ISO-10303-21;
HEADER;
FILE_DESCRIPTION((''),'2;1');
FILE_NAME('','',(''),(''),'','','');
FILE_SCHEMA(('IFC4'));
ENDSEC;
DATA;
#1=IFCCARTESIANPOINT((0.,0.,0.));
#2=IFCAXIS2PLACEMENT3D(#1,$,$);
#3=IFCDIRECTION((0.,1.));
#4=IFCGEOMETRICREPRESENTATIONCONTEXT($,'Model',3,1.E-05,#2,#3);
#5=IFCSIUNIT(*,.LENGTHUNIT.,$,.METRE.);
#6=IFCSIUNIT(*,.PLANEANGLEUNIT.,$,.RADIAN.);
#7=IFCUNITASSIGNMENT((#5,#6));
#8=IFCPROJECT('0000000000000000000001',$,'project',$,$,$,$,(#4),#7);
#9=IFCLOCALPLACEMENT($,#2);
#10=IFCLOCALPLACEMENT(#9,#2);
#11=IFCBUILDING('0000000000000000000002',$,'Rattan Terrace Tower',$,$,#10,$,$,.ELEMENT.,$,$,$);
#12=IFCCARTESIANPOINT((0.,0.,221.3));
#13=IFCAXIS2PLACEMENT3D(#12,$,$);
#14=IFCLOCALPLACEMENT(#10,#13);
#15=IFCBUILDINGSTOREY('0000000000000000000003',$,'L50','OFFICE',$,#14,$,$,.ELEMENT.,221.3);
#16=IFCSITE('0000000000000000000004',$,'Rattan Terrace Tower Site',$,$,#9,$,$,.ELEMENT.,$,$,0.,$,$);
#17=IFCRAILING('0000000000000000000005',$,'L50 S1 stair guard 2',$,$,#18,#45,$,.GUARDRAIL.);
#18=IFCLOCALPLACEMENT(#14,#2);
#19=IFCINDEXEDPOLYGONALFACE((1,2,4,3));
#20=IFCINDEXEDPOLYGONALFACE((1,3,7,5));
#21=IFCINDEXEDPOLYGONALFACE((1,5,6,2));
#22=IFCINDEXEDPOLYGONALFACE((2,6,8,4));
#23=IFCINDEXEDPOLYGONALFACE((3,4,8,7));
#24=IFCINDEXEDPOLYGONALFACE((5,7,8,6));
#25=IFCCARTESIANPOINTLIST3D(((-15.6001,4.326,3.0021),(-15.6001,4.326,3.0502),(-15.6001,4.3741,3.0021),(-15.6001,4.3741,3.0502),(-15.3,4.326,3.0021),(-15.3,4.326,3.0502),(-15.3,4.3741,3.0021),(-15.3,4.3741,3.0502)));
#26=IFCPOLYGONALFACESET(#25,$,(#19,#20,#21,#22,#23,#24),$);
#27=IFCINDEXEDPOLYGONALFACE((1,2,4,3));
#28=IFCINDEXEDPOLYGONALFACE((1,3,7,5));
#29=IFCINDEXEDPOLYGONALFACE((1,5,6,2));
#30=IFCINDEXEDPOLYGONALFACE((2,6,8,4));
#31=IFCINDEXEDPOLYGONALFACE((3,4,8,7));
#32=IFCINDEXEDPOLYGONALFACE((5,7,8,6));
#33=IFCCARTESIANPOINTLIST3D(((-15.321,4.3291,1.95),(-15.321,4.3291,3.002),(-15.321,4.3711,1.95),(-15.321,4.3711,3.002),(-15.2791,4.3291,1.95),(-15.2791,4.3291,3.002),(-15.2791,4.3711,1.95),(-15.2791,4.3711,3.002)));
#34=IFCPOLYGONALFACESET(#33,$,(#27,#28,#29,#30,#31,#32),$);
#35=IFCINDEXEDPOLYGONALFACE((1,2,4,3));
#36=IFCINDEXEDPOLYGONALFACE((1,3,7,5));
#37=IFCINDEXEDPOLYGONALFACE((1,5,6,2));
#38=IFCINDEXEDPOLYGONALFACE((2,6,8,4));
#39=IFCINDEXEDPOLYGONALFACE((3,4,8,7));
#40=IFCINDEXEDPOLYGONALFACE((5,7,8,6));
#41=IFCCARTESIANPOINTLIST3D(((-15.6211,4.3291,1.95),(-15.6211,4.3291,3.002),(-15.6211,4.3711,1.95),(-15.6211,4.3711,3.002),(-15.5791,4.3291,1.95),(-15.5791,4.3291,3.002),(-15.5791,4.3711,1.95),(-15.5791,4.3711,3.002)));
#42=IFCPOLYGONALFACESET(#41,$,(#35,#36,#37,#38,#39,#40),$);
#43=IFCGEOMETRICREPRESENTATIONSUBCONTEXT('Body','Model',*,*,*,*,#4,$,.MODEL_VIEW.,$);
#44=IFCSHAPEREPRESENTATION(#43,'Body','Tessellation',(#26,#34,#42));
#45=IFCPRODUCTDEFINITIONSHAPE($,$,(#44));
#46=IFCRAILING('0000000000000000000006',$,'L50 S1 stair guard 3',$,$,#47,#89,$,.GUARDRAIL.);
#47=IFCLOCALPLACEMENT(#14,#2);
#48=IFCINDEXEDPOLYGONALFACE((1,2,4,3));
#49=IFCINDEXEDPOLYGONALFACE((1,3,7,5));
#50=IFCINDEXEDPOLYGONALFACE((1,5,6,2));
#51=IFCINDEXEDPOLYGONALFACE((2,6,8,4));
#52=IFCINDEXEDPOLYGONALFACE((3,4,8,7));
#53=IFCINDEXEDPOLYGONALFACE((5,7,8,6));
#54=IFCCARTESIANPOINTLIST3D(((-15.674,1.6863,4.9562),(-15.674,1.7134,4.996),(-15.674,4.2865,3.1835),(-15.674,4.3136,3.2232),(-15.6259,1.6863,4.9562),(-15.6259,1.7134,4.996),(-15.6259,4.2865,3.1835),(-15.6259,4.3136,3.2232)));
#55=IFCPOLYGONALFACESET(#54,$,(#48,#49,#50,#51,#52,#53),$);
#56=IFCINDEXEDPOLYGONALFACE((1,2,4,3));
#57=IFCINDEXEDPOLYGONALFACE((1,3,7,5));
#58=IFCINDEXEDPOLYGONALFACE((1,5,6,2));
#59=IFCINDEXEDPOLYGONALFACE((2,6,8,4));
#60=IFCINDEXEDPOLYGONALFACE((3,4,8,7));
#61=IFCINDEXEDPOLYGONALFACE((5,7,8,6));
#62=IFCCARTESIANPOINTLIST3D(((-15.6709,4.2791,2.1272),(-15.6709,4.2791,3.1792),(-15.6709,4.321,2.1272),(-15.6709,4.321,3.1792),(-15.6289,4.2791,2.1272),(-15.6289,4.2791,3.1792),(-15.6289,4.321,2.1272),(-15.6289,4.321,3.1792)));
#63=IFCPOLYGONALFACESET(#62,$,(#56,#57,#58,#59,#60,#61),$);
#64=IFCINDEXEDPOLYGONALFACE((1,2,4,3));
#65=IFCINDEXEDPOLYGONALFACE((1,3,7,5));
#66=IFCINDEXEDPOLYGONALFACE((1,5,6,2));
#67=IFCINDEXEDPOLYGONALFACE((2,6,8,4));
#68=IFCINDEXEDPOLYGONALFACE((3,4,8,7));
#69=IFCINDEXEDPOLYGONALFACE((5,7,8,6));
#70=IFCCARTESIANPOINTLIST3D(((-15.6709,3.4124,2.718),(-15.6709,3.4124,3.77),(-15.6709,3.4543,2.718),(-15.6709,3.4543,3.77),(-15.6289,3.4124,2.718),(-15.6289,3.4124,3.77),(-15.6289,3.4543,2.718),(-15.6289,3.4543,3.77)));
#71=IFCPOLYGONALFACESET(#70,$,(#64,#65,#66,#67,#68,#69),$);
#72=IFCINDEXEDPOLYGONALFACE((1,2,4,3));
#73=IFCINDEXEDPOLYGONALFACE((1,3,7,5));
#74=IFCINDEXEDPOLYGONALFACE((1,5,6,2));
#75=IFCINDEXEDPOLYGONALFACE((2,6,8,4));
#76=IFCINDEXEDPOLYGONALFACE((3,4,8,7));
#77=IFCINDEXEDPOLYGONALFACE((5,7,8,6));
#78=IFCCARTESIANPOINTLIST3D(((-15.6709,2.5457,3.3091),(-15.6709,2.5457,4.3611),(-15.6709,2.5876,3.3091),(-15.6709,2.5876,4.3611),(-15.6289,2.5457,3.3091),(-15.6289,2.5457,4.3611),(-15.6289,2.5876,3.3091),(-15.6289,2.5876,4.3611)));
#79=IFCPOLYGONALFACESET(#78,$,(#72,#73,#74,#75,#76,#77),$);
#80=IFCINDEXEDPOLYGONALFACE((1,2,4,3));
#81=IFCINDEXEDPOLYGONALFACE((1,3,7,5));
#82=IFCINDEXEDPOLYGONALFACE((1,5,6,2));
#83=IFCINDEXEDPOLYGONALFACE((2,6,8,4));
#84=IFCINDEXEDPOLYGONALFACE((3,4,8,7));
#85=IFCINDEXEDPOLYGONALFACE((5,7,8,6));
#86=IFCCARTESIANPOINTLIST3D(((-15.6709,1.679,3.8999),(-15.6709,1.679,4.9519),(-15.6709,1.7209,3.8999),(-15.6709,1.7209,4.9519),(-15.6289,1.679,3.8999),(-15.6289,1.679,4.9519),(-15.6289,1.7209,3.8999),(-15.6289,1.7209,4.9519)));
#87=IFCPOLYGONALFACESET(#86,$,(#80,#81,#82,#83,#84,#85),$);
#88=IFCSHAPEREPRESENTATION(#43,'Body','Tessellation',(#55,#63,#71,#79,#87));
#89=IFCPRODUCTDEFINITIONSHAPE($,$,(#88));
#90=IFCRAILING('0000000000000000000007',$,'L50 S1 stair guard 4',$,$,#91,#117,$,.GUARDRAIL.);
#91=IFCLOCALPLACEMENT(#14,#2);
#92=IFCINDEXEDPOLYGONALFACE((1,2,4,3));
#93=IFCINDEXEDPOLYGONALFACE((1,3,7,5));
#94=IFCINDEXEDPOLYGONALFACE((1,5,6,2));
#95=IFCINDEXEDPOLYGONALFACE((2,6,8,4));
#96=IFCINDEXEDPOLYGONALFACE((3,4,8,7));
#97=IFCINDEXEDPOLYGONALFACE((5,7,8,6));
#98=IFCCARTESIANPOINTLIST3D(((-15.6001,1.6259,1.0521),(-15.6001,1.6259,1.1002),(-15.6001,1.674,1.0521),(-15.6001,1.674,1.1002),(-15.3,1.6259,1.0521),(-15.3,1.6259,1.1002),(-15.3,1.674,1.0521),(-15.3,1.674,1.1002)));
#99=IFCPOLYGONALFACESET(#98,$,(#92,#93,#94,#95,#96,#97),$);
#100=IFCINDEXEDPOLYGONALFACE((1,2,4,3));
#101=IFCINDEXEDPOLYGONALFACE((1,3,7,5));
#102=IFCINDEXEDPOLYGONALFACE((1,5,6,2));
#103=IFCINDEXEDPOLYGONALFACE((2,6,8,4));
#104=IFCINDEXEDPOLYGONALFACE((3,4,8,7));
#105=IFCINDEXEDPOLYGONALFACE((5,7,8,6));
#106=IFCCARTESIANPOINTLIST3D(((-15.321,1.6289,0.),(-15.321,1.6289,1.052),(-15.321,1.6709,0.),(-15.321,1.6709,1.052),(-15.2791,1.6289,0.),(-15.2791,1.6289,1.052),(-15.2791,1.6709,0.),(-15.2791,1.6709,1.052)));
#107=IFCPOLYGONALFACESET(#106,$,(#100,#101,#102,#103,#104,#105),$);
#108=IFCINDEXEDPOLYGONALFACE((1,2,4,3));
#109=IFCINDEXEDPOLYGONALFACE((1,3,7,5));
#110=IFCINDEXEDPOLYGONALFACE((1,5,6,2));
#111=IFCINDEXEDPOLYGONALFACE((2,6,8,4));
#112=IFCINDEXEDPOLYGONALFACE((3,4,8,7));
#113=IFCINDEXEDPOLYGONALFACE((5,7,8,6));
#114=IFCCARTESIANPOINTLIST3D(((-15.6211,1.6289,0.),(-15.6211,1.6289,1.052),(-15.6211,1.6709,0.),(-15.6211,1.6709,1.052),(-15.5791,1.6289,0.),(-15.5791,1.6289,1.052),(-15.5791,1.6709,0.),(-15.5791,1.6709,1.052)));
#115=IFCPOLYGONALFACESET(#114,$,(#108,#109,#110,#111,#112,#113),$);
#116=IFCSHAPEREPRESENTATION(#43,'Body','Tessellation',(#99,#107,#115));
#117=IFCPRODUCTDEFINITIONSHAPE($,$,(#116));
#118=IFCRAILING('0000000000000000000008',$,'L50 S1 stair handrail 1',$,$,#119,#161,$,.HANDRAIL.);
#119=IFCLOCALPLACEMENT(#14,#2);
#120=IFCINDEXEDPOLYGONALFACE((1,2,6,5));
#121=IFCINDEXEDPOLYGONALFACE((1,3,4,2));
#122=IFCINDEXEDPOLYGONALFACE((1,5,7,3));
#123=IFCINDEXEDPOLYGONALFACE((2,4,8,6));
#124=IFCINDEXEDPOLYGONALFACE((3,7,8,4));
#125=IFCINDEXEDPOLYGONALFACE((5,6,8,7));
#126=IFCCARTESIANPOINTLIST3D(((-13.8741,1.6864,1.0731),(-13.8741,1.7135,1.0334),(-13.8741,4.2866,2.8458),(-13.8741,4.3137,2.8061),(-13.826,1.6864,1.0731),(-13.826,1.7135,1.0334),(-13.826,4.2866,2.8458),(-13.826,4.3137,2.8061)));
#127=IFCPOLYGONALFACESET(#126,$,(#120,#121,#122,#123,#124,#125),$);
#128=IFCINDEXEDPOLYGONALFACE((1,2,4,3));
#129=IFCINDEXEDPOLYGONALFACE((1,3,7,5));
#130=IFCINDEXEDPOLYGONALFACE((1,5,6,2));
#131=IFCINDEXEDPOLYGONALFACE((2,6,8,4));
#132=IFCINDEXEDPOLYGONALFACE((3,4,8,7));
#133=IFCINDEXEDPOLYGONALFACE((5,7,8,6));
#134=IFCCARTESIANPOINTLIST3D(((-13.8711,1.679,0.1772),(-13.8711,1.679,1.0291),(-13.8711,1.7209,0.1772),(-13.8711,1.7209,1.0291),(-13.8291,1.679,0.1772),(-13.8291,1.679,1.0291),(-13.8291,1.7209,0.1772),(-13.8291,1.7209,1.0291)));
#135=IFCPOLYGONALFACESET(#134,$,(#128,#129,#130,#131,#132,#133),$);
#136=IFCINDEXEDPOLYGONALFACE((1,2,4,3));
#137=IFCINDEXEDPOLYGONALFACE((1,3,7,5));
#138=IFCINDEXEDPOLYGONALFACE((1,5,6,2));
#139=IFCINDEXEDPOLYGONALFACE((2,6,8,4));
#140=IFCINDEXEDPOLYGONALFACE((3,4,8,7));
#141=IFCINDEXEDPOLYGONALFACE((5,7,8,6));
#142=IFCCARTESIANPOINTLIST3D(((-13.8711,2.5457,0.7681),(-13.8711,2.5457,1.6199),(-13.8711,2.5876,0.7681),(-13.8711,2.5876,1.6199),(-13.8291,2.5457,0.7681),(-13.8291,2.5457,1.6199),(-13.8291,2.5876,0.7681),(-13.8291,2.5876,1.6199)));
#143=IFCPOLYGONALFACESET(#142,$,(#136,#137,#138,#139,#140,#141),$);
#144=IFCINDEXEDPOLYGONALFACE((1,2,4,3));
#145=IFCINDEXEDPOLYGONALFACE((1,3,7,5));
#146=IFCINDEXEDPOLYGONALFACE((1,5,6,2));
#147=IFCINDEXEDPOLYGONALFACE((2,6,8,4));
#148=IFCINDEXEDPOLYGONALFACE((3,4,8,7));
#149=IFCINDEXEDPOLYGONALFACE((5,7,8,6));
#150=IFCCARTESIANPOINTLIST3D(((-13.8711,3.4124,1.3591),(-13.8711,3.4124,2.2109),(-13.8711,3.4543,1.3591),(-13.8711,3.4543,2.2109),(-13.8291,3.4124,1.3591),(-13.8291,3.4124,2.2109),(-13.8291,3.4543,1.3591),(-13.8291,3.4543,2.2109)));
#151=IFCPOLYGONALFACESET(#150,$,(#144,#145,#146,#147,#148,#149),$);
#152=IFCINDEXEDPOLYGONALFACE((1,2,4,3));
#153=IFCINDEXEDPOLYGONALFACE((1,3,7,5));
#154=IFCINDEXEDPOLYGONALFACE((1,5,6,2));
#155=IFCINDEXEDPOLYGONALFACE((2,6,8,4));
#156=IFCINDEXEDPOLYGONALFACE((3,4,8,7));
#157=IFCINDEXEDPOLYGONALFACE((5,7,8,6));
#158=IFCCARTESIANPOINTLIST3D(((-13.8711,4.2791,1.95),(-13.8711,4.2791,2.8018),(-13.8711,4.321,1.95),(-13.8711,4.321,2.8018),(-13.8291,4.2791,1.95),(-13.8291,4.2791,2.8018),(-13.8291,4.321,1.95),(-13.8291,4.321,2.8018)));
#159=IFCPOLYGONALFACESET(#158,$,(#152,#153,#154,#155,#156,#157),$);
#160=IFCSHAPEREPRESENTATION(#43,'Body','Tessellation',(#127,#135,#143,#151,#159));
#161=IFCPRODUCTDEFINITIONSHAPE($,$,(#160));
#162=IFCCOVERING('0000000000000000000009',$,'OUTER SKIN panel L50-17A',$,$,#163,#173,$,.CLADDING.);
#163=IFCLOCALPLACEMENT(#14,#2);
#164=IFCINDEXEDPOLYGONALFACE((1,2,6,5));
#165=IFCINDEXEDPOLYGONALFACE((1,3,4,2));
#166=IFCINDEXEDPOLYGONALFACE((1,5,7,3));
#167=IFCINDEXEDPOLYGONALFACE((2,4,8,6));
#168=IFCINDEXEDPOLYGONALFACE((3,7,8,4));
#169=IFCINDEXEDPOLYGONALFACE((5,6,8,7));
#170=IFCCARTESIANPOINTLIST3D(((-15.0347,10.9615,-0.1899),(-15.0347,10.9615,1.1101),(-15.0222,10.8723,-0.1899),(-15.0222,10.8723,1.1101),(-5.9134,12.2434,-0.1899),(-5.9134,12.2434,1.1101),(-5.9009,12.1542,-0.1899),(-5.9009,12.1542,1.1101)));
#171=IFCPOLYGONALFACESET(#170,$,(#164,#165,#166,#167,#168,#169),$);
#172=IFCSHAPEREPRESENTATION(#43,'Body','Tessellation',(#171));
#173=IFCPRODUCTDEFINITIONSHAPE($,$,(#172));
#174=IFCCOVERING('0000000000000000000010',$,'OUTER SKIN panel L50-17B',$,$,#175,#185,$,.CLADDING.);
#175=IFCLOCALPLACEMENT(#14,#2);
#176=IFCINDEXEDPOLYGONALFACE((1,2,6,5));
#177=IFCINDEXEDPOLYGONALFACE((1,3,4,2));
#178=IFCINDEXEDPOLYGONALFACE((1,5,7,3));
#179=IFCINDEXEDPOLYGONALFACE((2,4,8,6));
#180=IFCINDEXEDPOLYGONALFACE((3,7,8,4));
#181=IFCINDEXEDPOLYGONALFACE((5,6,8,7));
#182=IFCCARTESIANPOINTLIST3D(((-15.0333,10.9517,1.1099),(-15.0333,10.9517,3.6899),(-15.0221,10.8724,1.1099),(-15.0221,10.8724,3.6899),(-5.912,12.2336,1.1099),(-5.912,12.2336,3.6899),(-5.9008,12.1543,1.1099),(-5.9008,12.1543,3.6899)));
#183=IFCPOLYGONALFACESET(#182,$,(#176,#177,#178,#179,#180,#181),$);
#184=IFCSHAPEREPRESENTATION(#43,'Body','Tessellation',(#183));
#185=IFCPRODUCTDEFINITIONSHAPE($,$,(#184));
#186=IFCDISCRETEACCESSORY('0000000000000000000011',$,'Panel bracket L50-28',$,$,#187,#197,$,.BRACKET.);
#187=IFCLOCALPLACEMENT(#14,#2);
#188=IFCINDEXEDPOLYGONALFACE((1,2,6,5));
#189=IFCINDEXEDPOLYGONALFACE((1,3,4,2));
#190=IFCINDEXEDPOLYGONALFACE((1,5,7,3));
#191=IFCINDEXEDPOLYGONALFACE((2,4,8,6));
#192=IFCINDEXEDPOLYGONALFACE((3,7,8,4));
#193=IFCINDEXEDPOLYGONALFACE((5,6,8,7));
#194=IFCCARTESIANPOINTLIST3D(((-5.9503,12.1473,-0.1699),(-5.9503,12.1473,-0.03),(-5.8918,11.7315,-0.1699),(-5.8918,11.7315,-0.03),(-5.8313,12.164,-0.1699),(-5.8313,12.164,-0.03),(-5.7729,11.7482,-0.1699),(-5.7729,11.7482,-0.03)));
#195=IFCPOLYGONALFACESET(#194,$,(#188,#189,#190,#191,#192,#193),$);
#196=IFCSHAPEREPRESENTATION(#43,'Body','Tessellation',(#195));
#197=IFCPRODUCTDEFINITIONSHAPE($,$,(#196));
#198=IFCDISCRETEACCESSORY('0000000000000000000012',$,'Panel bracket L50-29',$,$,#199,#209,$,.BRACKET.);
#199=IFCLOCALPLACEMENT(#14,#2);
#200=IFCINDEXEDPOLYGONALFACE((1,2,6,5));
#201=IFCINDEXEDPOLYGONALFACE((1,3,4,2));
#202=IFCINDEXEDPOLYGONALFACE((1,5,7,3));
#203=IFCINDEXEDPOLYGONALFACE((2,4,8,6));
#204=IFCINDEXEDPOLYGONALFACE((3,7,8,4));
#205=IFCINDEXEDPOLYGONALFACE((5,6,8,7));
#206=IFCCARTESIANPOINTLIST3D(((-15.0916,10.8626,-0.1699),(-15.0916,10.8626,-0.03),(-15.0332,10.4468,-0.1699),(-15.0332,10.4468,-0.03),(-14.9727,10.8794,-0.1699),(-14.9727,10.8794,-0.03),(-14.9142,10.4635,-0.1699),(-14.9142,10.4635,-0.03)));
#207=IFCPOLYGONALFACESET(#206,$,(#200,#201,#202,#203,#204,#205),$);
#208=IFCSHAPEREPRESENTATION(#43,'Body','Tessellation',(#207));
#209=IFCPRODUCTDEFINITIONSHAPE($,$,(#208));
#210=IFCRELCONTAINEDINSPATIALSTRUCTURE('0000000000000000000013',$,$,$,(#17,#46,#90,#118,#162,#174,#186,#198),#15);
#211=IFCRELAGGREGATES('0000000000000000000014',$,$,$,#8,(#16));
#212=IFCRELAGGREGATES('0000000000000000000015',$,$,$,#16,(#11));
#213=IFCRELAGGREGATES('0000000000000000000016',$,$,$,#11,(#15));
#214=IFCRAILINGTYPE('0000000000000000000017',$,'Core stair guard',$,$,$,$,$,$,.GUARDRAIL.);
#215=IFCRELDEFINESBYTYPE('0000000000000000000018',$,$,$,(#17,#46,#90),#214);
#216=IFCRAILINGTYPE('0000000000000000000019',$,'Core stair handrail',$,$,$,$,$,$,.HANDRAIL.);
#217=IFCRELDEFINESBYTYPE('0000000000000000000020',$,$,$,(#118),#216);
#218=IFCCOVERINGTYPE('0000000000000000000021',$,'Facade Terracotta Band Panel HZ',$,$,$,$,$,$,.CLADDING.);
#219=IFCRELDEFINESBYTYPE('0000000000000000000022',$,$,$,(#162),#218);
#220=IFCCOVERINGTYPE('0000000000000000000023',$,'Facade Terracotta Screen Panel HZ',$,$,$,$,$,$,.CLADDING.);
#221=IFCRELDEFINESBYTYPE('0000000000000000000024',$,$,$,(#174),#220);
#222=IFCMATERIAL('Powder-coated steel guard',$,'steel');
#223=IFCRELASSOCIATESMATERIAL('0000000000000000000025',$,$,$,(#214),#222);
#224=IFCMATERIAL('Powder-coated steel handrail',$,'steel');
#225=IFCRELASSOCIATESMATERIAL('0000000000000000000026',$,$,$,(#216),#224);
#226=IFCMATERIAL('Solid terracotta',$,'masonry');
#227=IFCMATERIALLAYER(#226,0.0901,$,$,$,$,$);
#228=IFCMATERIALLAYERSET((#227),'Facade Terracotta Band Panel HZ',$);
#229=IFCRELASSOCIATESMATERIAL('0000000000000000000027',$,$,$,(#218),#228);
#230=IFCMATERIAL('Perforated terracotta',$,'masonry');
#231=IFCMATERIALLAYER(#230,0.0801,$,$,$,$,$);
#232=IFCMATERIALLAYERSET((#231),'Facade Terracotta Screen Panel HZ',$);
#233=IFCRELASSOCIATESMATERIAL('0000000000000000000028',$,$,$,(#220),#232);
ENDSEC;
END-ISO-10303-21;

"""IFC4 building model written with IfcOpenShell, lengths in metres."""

from ifc_helpers import new_model, si_unit, direction, frame, origin, origin_2d, place, context, subcontext, project, spatial, rectangle, extrude, material, layer, layer_set, type_object, element, save


model = new_model("IFC4")

# Units and contexts
model_context = context("Model", 3, precision=1e-05, world=origin(), true_north=direction((0.0, 1.0)))
body_context = subcontext(model_context, "Body", "Model", "MODEL_VIEW")
ifc_project = project(units=[si_unit("LENGTHUNIT", "METRE"), si_unit("PLANEANGLEUNIT", "RADIAN")], contexts=[model_context])

# Site, building, storey
site_placement = place(None, origin())
site = spatial("IfcSite", under=ifc_project, at=site_placement, Name="Rattan Terrace Tower Site", CompositionType="ELEMENT", RefElevation=0.0)
building_placement = place(site_placement, origin())
building = spatial("IfcBuilding", under=site, at=building_placement, Name="Rattan Terrace Tower", CompositionType="ELEMENT")
storey_placement = place(building_placement, frame((0.0, 0.0, 221.3)))
storey = spatial("IfcBuildingStorey", under=building, at=storey_placement, Name="L50", Description="OFFICE", CompositionType="ELEMENT", Elevation=221.3)

# Railings
ifc_material_1 = material(Name="Powder-coated steel guard", Category="steel")
railing_type_1 = type_object("IfcRailingType", Name="Core stair guard", PredefinedType="GUARDRAIL", material=ifc_material_1)
railing_1_placement = place(storey_placement, frame((-15.3, 4.3501, 1.95)))
element("IfcRailing", 1, at=railing_1_placement, inside=storey, type_object=railing_type_1, Name="L50 S1 stair guard 2", PredefinedType="GUARDRAIL", context=body_context, shape_type="SweptSolid", body=[
    extrude(rectangle(XDim=0.0481, YDim=0.0481, at=origin_2d()), frame((0.0, 0.0, 1.0762), z_axis=(-1.0, 0.0, 0.0), x_axis=(0.0, -1.0, 0.0)), (0.0, 0.0, 1.0), 0.3),
    extrude(rectangle(XDim=0.042, YDim=0.042, at=origin_2d()), origin(), (0.0, 0.0, 1.0), 1.052),
    extrude(rectangle(XDim=0.042, YDim=0.042, at=origin_2d()), frame((-0.3, 0.0, 0.0)), (0.0, 0.0, 1.0), 1.052),
])
railing_2_placement = place(storey_placement, frame((-15.6499, 4.3, 2.1272)))
element("IfcRailing", 2, at=railing_2_placement, inside=storey, type_object=railing_type_1, Name="L50 S1 stair guard 3", PredefinedType="GUARDRAIL", context=body_context, shape_type="SweptSolid", body=[
    extrude(rectangle(XDim=0.0481, YDim=0.0481, at=origin_2d()), frame((0.0, 0.0, 1.0762), z_axis=(0.0, -0.82624, 0.563318), x_axis=(1.0, 0.0, 0.0)), (0.0, 0.0, 1.0), 3.147),
    extrude(rectangle(XDim=0.042, YDim=0.042, at=origin_2d()), origin(), (0.0, 0.0, 1.0), 1.052),
    extrude(rectangle(XDim=0.042, YDim=0.042, at=origin_2d()), frame((0.0, -0.8667, 0.5908)), (0.0, 0.0, 1.0), 1.052),
    extrude(rectangle(XDim=0.042, YDim=0.042, at=origin_2d()), frame((0.0, -1.7334, 1.1819)), (0.0, 0.0, 1.0), 1.052),
    extrude(rectangle(XDim=0.042, YDim=0.042, at=origin_2d()), frame((0.0, -2.6001, 1.7727)), (0.0, 0.0, 1.0), 1.052),
])
railing_3_placement = place(storey_placement, frame((-15.3, 1.6499, 0.0)))
element("IfcRailing", 3, at=railing_3_placement, inside=storey, type_object=railing_type_1, Name="L50 S1 stair guard 4", PredefinedType="GUARDRAIL", context=body_context, shape_type="SweptSolid", body=[
    extrude(rectangle(XDim=0.0481, YDim=0.0481, at=origin_2d()), frame((0.0, 0.0, 1.0762), z_axis=(-1.0, 0.0, 0.0), x_axis=(0.0, -1.0, 0.0)), (0.0, 0.0, 1.0), 0.3),
    extrude(rectangle(XDim=0.042, YDim=0.042, at=origin_2d()), origin(), (0.0, 0.0, 1.0), 1.052),
    extrude(rectangle(XDim=0.042, YDim=0.042, at=origin_2d()), frame((-0.3, 0.0, 0.0)), (0.0, 0.0, 1.0), 1.052),
])
ifc_material_2 = material(Name="Powder-coated steel handrail", Category="steel")
railing_type_2 = type_object("IfcRailingType", Name="Core stair handrail", PredefinedType="HANDRAIL", material=ifc_material_2)
railing_4_placement = place(storey_placement, frame((-13.8501, 1.7, 0.1772)))
element("IfcRailing", 4, at=railing_4_placement, inside=storey, type_object=railing_type_2, Name="L50 S1 stair handrail 1", PredefinedType="HANDRAIL", context=body_context, shape_type="SweptSolid", body=[
    extrude(rectangle(XDim=0.0481, YDim=0.0481, at=origin_2d()), frame((0.0, 0.0, 0.876), z_axis=(0.0, 0.82624, 0.563318), x_axis=(-1.0, 0.0, 0.0)), (0.0, 0.0, 1.0), 3.147),
    extrude(rectangle(XDim=0.042, YDim=0.042, at=origin_2d()), origin(), (0.0, 0.0, 1.0), 0.8518),
    extrude(rectangle(XDim=0.042, YDim=0.042, at=origin_2d()), frame((0.0, 0.8667, 0.5908)), (0.0, 0.0, 1.0), 0.8518),
    extrude(rectangle(XDim=0.042, YDim=0.042, at=origin_2d()), frame((0.0, 1.7334, 1.1819)), (0.0, 0.0, 1.0), 0.8518),
    extrude(rectangle(XDim=0.042, YDim=0.042, at=origin_2d()), frame((0.0, 2.6001, 1.7727)), (0.0, 0.0, 1.0), 0.8518),
])

# Coverings
ifc_material_3 = material(Name="Solid terracotta", Category="masonry")
ifc_layer_1 = layer(ifc_material_3, 0.0901)
ifc_layer_set_1 = layer_set([ifc_layer_1], Name="Facade Terracotta Band Panel HZ")
covering_type_1 = type_object("IfcCoveringType", Name="Facade Terracotta Band Panel HZ", PredefinedType="CLADDING", material=ifc_layer_set_1)
covering_1_placement = place(storey_placement, frame((-10.4678, 11.5579, -0.1899), z_axis=(0.0, 0.0, 1.0), x_axis=(-0.990267, -0.139177, 0.0)))
element("IfcCovering", 5, at=covering_1_placement, inside=storey, type_object=covering_type_1, Name="OUTER SKIN panel L50-17A", PredefinedType="CLADDING", context=body_context, shape_type="SweptSolid", body=[
    extrude(rectangle(XDim=9.2109, YDim=0.0901, at=origin_2d()), origin(), (0.0, 0.0, 1.0), 1.3),
])
ifc_material_4 = material(Name="Perforated terracotta", Category="masonry")
ifc_layer_2 = layer(ifc_material_4, 0.0801)
ifc_layer_set_2 = layer_set([ifc_layer_2], Name="Facade Terracotta Screen Panel HZ")
covering_type_2 = type_object("IfcCoveringType", Name="Facade Terracotta Screen Panel HZ", PredefinedType="CLADDING", material=ifc_layer_set_2)
covering_2_placement = place(storey_placement, frame((-10.467, 11.553, 1.1099), z_axis=(0.0, 0.0, 1.0), x_axis=(-0.990267, -0.139177, 0.0)))
element("IfcCovering", 6, at=covering_2_placement, inside=storey, type_object=covering_type_2, Name="OUTER SKIN panel L50-17B", PredefinedType="CLADDING", context=body_context, shape_type="SweptSolid", body=[
    extrude(rectangle(XDim=9.2109, YDim=0.0801, at=origin_2d()), origin(), (0.0, 0.0, 1.0), 2.5801),
])

# Discrete accessories
for number, where, z_axis, x_axis, name in (
    (7, (-5.8616, 11.9478, -0.1699), (0.0, 0.0, 1.0), (-0.990267, -0.139177, 0.0), "Panel bracket L50-28"),
    (8, (-15.0029, 10.6631, -0.1699), (0.0, 0.0, 1.0), (-0.990267, -0.139177, 0.0), "Panel bracket L50-29"),
):
    element("IfcDiscreteAccessory", number, at=place(storey_placement, frame(where, z_axis=z_axis, x_axis=x_axis)), inside=storey, Name=name, PredefinedType="BRACKET", context=body_context, shape_type="SweptSolid", body=[
        extrude(rectangle(XDim=0.1201, YDim=0.4199, at=origin_2d()), origin(), (0.0, 0.0, 1.0), 0.1399),
    ])

save(model, "model.ifc")
